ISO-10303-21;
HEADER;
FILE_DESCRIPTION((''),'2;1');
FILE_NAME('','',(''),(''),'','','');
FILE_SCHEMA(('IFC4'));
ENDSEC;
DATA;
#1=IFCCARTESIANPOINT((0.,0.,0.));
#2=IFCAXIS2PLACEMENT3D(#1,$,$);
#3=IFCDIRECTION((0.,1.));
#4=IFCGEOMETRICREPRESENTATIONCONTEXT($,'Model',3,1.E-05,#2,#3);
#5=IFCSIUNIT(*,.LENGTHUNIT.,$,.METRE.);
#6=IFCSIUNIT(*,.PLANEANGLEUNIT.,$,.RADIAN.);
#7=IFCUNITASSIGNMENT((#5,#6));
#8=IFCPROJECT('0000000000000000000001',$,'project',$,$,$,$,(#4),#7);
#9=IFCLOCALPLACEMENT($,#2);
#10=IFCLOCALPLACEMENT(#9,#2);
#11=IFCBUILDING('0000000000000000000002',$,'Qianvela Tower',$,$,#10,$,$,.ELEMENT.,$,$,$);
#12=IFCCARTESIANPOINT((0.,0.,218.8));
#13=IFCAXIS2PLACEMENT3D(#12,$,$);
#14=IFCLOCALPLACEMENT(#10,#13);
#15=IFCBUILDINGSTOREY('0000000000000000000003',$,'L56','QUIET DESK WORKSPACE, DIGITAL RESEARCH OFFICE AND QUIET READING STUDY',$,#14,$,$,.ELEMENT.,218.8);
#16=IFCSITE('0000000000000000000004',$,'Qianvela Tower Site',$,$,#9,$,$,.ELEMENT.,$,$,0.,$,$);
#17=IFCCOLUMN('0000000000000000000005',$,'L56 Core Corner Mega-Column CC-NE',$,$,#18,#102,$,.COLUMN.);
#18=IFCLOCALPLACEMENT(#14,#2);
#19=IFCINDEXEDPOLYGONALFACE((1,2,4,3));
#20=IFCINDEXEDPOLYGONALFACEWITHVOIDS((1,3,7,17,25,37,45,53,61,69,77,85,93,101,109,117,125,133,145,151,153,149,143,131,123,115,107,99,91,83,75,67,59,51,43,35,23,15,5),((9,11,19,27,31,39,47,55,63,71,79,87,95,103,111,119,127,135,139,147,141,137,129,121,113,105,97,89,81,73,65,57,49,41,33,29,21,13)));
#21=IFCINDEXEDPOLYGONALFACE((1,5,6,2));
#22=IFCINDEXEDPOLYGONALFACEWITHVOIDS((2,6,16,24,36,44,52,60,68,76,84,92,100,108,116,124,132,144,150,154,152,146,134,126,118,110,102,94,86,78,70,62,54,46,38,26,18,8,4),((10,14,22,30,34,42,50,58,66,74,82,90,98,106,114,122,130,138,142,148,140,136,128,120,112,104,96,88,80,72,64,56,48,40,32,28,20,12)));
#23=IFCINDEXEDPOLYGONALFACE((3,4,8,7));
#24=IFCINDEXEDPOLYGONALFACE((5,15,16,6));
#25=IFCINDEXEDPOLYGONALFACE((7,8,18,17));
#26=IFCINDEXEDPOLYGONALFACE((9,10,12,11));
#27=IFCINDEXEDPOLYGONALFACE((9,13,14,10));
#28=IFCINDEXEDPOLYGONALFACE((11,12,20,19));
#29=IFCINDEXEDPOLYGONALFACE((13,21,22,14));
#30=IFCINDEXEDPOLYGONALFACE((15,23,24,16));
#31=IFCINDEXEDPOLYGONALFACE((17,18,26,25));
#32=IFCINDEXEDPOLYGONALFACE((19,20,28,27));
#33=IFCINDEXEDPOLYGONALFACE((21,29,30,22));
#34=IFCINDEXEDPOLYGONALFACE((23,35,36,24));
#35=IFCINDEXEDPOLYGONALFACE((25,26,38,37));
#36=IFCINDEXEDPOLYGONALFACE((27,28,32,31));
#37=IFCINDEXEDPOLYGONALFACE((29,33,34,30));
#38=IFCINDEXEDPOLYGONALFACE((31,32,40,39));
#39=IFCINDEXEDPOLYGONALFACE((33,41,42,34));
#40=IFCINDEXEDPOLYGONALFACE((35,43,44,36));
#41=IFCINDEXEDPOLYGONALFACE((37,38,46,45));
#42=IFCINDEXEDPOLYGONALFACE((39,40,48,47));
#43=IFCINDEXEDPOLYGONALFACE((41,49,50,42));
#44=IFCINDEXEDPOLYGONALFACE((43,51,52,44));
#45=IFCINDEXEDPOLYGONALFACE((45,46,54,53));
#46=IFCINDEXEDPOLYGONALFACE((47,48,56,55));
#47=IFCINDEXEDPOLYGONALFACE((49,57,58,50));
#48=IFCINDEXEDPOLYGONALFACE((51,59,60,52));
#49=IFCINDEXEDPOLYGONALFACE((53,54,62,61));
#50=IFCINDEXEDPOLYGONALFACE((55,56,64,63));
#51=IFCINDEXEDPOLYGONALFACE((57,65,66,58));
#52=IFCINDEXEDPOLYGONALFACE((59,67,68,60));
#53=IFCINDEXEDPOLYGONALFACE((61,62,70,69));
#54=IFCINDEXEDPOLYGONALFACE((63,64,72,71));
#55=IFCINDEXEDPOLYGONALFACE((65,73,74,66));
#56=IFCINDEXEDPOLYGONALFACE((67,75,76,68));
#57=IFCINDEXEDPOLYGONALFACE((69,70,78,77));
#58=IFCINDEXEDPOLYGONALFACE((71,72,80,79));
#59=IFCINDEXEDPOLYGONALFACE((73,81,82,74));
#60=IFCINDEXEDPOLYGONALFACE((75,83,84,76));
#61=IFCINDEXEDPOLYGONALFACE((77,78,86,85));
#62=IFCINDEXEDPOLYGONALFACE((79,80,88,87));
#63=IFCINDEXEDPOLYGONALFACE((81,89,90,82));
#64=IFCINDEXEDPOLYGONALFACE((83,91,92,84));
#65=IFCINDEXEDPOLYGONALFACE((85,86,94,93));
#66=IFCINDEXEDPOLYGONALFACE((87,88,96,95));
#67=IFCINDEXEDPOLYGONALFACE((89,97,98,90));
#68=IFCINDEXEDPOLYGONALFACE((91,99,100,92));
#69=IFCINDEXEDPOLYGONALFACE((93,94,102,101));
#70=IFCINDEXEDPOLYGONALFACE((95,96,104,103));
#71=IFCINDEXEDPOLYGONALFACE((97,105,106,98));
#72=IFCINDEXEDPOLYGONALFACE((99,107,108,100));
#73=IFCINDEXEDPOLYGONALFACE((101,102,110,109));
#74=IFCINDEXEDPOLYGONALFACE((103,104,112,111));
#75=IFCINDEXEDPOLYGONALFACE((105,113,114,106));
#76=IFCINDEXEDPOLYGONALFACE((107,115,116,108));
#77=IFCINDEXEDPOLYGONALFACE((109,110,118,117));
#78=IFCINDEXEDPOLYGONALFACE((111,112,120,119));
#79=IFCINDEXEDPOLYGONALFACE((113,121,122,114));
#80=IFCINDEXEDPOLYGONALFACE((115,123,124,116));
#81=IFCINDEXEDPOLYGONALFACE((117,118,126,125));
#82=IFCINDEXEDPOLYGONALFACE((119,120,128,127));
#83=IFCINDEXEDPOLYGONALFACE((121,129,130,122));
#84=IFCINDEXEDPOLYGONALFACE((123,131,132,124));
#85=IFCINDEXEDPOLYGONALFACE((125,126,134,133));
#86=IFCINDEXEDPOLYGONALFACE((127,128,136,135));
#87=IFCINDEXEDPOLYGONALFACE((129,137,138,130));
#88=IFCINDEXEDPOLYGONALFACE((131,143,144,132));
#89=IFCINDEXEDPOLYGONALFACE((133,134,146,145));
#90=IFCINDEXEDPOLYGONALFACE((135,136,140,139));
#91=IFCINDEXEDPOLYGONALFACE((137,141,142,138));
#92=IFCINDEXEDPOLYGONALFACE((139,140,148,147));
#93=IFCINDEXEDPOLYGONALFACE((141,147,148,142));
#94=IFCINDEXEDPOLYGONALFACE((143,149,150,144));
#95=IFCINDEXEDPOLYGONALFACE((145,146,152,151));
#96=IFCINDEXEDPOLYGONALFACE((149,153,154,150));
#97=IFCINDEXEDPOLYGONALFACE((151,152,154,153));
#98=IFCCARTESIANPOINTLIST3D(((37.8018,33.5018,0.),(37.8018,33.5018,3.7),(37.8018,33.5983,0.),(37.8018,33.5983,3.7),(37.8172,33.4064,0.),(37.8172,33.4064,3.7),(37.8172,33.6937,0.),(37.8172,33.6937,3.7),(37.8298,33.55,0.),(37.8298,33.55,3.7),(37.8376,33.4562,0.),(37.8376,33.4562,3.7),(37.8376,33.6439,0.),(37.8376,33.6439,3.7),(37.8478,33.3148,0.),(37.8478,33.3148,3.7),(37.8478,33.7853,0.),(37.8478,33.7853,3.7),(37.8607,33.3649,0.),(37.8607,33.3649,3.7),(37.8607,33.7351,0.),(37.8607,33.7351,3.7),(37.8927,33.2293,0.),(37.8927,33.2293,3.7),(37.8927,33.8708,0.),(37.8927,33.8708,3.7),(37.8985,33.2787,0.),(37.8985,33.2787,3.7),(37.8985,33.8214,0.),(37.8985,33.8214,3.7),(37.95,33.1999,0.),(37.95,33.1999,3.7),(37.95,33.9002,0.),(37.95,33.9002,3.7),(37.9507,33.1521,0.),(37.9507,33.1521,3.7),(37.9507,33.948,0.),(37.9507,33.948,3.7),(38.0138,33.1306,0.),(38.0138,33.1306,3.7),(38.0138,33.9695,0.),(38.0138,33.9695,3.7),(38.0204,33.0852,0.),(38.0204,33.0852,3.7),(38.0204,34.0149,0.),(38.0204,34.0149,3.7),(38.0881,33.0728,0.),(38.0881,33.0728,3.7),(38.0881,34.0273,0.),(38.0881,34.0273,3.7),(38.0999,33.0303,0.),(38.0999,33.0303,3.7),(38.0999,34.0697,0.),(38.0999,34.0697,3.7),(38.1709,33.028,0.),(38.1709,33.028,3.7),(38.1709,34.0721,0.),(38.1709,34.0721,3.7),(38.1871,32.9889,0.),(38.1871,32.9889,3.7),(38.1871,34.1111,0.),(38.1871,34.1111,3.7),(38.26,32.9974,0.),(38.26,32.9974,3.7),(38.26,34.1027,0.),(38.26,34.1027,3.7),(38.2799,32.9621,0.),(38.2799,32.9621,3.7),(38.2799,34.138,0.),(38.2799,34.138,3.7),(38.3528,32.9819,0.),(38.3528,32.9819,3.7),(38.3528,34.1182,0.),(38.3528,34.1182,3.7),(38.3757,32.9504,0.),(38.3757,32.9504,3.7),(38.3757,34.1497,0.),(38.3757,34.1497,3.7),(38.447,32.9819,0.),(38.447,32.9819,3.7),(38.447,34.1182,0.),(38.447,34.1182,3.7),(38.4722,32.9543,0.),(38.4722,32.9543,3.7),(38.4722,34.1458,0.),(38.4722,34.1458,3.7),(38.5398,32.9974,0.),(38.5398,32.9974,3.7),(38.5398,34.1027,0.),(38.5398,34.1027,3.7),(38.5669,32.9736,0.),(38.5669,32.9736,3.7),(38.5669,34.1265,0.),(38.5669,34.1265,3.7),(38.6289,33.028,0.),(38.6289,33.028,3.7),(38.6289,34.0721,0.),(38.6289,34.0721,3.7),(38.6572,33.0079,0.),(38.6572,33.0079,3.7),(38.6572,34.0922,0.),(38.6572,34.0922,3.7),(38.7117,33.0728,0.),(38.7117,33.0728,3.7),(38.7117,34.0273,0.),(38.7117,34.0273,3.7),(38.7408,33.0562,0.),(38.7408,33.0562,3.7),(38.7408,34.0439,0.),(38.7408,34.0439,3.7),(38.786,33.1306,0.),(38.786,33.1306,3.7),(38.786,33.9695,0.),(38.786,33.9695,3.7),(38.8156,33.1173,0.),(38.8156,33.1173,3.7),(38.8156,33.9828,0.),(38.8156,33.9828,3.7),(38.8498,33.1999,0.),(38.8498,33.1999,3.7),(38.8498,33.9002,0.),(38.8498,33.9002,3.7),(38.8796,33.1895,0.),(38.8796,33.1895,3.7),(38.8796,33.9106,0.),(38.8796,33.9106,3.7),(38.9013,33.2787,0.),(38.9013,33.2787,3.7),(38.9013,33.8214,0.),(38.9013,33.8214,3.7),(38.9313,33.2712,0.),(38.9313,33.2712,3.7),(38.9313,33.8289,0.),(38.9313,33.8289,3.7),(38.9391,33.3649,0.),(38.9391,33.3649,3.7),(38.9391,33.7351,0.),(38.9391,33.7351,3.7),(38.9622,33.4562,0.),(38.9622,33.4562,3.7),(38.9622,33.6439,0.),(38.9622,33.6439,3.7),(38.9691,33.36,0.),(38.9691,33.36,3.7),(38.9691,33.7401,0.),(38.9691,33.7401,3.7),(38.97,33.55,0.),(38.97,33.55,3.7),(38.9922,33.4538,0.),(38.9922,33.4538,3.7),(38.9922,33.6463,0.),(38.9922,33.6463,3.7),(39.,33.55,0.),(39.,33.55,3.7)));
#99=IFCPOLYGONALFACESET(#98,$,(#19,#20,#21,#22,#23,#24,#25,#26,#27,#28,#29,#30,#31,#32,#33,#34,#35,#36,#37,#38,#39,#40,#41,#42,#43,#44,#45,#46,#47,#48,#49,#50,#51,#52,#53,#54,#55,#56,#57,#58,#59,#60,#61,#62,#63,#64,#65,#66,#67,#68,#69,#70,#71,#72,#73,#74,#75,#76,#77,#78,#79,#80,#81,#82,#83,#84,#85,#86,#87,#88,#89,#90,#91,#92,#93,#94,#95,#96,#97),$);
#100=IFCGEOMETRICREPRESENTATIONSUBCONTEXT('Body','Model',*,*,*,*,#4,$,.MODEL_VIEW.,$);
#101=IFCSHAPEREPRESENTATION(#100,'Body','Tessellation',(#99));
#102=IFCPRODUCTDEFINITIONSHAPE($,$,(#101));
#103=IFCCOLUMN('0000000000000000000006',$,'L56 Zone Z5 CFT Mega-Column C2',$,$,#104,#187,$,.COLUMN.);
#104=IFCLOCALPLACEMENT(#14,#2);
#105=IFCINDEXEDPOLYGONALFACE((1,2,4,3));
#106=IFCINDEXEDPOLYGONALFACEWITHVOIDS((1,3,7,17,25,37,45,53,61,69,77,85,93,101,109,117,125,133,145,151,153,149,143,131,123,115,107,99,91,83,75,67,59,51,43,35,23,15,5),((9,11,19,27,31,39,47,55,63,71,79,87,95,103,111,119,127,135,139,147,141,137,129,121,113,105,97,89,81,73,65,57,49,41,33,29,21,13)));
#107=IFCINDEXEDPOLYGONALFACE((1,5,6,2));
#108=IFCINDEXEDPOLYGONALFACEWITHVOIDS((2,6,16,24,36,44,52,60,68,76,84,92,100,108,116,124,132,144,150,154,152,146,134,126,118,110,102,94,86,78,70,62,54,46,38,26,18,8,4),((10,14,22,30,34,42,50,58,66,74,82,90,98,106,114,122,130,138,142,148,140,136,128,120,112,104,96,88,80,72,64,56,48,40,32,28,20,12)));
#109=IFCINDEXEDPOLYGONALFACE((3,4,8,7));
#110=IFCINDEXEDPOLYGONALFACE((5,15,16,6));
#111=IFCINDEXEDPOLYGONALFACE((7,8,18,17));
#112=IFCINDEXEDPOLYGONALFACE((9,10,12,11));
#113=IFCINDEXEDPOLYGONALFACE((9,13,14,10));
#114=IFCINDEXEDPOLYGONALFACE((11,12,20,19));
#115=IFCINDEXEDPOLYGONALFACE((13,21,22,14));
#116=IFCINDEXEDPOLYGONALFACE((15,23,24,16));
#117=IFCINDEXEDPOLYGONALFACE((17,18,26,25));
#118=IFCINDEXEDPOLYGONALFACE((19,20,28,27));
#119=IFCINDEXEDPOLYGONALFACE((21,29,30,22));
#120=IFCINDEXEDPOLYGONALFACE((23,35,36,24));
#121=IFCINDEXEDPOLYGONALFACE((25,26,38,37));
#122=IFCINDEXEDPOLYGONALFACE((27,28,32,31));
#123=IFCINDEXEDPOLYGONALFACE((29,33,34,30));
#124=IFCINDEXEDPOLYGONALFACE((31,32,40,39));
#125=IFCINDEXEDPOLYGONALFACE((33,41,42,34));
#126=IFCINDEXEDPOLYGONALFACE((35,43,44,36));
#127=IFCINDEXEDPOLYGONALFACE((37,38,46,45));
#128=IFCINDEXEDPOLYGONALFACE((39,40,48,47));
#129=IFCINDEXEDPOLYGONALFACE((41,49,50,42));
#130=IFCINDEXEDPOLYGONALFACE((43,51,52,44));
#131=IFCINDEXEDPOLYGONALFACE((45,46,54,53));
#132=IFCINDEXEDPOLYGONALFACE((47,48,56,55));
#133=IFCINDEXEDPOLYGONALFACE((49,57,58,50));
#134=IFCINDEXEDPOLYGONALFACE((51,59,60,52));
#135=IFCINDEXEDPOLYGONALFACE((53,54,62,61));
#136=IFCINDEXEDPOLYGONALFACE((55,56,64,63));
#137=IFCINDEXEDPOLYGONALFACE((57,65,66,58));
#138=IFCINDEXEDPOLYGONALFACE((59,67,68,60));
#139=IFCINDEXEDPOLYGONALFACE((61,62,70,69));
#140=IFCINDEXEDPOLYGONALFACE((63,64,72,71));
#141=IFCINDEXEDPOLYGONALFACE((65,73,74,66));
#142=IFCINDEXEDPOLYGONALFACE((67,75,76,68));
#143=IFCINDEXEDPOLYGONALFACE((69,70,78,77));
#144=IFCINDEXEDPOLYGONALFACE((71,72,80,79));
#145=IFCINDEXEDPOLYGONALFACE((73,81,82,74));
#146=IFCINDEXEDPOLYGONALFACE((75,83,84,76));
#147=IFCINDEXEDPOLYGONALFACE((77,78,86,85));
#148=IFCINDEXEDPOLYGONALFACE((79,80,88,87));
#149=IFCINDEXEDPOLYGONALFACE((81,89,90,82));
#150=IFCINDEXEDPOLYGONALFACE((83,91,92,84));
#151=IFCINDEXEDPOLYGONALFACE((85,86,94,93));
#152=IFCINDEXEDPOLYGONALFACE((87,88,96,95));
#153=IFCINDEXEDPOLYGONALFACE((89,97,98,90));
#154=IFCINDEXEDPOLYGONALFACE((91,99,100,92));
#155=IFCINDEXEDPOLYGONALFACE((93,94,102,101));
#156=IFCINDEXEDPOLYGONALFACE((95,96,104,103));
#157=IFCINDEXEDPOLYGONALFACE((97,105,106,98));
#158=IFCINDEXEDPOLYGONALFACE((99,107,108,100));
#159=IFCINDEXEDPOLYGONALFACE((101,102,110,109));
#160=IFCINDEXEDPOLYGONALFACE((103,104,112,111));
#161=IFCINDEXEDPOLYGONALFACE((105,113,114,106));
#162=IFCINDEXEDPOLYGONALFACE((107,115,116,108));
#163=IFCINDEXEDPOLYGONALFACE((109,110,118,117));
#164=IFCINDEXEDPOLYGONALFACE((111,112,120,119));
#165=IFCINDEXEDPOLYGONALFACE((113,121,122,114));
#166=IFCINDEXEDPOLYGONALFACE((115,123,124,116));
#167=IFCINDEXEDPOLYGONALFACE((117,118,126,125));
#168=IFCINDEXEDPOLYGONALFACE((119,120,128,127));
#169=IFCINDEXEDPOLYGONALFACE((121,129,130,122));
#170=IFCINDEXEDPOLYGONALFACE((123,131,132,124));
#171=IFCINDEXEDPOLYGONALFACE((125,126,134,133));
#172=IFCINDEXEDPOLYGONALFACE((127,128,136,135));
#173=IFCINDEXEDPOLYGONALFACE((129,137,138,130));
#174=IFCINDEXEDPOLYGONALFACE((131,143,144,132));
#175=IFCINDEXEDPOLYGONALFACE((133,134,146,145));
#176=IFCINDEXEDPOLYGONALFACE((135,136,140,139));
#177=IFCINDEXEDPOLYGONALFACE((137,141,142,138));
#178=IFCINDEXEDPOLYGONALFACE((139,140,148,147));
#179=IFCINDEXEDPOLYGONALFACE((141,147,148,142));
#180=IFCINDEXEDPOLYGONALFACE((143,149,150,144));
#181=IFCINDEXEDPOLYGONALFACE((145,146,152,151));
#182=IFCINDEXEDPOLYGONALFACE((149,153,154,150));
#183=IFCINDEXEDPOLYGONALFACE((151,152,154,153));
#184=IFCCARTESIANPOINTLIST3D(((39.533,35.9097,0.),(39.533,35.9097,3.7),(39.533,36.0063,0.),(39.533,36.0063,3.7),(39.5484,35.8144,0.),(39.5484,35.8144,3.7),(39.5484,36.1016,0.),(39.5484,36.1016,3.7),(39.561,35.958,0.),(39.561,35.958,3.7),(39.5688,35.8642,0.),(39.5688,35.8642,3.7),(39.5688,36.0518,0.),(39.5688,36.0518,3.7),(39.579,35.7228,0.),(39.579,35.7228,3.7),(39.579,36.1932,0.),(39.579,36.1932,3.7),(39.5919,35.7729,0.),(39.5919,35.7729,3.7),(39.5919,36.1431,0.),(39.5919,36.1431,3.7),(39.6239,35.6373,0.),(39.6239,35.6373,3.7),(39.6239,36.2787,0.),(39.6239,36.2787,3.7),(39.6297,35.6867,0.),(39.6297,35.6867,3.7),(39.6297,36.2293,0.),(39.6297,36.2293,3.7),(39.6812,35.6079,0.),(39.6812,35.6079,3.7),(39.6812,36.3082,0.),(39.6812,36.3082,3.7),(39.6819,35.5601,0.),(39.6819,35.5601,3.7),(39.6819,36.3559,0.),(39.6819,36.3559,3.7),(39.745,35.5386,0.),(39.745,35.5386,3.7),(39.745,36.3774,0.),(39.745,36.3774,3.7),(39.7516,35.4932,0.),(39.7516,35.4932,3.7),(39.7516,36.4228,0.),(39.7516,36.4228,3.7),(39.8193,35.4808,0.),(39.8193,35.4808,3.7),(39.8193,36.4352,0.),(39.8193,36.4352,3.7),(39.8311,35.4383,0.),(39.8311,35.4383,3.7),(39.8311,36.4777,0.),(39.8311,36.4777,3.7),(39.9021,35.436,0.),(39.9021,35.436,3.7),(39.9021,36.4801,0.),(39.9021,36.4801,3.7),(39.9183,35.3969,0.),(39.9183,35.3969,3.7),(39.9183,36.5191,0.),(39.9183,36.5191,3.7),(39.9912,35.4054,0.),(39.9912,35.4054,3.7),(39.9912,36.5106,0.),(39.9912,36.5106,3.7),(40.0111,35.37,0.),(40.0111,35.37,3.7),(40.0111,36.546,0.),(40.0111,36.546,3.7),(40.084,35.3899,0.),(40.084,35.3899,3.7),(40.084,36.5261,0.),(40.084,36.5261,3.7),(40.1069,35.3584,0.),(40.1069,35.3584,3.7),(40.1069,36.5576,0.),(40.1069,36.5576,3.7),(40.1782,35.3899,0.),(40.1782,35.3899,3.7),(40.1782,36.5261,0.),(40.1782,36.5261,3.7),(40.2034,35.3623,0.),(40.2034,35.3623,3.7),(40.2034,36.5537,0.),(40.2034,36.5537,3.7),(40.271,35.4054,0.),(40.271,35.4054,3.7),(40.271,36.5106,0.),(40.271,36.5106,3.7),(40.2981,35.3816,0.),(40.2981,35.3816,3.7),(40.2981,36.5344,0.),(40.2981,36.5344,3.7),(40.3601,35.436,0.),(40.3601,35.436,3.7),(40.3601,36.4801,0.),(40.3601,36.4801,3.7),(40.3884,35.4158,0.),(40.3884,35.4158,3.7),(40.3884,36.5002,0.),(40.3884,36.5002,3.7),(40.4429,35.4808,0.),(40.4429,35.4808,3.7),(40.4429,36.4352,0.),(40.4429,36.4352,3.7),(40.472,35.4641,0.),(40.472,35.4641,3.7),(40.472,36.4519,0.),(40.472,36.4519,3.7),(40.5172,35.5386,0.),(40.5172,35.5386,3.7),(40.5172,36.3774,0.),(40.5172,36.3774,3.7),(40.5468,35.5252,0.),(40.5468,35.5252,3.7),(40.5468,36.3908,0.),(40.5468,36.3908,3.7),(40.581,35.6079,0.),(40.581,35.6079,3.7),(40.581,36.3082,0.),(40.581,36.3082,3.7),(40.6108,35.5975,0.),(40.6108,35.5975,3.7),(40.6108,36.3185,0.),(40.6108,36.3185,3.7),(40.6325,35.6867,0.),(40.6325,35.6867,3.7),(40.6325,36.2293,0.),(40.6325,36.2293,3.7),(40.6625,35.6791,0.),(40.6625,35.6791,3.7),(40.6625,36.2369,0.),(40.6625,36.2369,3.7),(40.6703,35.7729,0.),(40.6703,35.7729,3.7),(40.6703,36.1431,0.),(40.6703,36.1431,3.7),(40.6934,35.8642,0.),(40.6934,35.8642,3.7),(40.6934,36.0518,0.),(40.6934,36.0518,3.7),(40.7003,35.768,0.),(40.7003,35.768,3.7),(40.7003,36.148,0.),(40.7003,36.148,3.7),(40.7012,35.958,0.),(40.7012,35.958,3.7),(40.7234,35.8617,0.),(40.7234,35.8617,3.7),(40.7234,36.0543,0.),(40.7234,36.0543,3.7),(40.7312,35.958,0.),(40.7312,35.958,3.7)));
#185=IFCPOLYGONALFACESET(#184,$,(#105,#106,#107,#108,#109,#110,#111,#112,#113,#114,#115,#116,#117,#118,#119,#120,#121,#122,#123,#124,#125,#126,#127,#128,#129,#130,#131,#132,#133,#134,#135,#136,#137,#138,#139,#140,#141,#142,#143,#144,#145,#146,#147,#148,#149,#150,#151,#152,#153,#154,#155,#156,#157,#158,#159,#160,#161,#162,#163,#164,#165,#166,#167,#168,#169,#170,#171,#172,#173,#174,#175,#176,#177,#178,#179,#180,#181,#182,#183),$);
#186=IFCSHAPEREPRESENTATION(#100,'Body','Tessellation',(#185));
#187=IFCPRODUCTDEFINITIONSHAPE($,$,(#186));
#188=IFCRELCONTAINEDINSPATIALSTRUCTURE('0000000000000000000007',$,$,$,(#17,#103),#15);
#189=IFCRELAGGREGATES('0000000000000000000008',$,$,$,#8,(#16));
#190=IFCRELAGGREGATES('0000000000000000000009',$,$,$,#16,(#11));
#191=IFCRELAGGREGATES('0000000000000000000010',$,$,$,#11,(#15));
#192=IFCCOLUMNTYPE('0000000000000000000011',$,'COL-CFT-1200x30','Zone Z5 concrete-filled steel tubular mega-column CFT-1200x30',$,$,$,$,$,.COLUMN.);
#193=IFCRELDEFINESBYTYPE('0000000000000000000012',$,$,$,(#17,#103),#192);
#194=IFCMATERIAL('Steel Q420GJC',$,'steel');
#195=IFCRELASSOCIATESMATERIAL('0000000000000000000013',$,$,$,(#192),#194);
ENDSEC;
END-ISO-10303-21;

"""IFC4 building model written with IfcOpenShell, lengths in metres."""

from ifc_helpers import new_model, si_unit, direction, frame, origin, origin_2d, place, context, subcontext, project, spatial, hollow_circle, extrude, material, material_profile, profile_set, type_object, element, save


model = new_model("IFC4")

# Units and contexts
model_context = context("Model", 3, precision=1e-05, world=origin(), true_north=direction((0.0, 1.0)))
body_context = subcontext(model_context, "Body", "Model", "MODEL_VIEW")
ifc_project = project(units=[si_unit("LENGTHUNIT", "METRE"), si_unit("PLANEANGLEUNIT", "RADIAN")], contexts=[model_context])

# Site, building, storey
site_placement = place(None, origin())
site = spatial("IfcSite", under=ifc_project, at=site_placement, Name="Qianvela Tower Site", CompositionType="ELEMENT", RefElevation=0.0)
building_placement = place(site_placement, origin())
building = spatial("IfcBuilding", under=site, at=building_placement, Name="Qianvela Tower", CompositionType="ELEMENT")
storey_placement = place(building_placement, frame((0.0, 0.0, 218.8)))
storey = spatial("IfcBuildingStorey", under=building, at=storey_placement, Name="L56", Description="QUIET DESK WORKSPACE, DIGITAL RESEARCH OFFICE AND QUIET READING STUDY", CompositionType="ELEMENT", Elevation=218.8)

# Columns
ifc_material_1 = material(Name="Steel Q420GJC", Category="steel")
ifc_material_profile_1 = material_profile(ifc_material_1, hollow_circle(Radius=0.6001, WallThickness=0.03, at=origin_2d()), Name="CFT-1200x30")
ifc_profile_set_1 = profile_set([ifc_material_profile_1], Name="Steel Q420GJC")
column_type = type_object("IfcColumnType", Name="COL-CFT-1200x30", Description="Zone Z5 concrete-filled steel tubular mega-column CFT-1200x30", PredefinedType="COLUMN", material=ifc_profile_set_1)
for number, where, z_axis, x_axis, name in (
    (1, (38.3999, 33.55, 0.0), (0.0, 0.0, 1.0), (1.0, 0.0, 0.0), "L56 Core Corner Mega-Column CC-NE"),
    (2, (40.1311, 35.958, 0.0), (0.0, 0.0, 1.0), (1.0, 0.0, 0.0), "L56 Zone Z5 CFT Mega-Column C2"),
):
    element("IfcColumn", number, at=place(storey_placement, frame(where, z_axis=z_axis, x_axis=x_axis)), inside=storey, type_object=column_type, Name=name, PredefinedType="COLUMN", context=body_context, shape_type="SweptSolid", body=[
        extrude(hollow_circle(Radius=0.6001, WallThickness=0.03, at=origin_2d()), origin(), (0.0, 0.0, 1.0), 3.7),
    ])

save(model, "model.ifc")
